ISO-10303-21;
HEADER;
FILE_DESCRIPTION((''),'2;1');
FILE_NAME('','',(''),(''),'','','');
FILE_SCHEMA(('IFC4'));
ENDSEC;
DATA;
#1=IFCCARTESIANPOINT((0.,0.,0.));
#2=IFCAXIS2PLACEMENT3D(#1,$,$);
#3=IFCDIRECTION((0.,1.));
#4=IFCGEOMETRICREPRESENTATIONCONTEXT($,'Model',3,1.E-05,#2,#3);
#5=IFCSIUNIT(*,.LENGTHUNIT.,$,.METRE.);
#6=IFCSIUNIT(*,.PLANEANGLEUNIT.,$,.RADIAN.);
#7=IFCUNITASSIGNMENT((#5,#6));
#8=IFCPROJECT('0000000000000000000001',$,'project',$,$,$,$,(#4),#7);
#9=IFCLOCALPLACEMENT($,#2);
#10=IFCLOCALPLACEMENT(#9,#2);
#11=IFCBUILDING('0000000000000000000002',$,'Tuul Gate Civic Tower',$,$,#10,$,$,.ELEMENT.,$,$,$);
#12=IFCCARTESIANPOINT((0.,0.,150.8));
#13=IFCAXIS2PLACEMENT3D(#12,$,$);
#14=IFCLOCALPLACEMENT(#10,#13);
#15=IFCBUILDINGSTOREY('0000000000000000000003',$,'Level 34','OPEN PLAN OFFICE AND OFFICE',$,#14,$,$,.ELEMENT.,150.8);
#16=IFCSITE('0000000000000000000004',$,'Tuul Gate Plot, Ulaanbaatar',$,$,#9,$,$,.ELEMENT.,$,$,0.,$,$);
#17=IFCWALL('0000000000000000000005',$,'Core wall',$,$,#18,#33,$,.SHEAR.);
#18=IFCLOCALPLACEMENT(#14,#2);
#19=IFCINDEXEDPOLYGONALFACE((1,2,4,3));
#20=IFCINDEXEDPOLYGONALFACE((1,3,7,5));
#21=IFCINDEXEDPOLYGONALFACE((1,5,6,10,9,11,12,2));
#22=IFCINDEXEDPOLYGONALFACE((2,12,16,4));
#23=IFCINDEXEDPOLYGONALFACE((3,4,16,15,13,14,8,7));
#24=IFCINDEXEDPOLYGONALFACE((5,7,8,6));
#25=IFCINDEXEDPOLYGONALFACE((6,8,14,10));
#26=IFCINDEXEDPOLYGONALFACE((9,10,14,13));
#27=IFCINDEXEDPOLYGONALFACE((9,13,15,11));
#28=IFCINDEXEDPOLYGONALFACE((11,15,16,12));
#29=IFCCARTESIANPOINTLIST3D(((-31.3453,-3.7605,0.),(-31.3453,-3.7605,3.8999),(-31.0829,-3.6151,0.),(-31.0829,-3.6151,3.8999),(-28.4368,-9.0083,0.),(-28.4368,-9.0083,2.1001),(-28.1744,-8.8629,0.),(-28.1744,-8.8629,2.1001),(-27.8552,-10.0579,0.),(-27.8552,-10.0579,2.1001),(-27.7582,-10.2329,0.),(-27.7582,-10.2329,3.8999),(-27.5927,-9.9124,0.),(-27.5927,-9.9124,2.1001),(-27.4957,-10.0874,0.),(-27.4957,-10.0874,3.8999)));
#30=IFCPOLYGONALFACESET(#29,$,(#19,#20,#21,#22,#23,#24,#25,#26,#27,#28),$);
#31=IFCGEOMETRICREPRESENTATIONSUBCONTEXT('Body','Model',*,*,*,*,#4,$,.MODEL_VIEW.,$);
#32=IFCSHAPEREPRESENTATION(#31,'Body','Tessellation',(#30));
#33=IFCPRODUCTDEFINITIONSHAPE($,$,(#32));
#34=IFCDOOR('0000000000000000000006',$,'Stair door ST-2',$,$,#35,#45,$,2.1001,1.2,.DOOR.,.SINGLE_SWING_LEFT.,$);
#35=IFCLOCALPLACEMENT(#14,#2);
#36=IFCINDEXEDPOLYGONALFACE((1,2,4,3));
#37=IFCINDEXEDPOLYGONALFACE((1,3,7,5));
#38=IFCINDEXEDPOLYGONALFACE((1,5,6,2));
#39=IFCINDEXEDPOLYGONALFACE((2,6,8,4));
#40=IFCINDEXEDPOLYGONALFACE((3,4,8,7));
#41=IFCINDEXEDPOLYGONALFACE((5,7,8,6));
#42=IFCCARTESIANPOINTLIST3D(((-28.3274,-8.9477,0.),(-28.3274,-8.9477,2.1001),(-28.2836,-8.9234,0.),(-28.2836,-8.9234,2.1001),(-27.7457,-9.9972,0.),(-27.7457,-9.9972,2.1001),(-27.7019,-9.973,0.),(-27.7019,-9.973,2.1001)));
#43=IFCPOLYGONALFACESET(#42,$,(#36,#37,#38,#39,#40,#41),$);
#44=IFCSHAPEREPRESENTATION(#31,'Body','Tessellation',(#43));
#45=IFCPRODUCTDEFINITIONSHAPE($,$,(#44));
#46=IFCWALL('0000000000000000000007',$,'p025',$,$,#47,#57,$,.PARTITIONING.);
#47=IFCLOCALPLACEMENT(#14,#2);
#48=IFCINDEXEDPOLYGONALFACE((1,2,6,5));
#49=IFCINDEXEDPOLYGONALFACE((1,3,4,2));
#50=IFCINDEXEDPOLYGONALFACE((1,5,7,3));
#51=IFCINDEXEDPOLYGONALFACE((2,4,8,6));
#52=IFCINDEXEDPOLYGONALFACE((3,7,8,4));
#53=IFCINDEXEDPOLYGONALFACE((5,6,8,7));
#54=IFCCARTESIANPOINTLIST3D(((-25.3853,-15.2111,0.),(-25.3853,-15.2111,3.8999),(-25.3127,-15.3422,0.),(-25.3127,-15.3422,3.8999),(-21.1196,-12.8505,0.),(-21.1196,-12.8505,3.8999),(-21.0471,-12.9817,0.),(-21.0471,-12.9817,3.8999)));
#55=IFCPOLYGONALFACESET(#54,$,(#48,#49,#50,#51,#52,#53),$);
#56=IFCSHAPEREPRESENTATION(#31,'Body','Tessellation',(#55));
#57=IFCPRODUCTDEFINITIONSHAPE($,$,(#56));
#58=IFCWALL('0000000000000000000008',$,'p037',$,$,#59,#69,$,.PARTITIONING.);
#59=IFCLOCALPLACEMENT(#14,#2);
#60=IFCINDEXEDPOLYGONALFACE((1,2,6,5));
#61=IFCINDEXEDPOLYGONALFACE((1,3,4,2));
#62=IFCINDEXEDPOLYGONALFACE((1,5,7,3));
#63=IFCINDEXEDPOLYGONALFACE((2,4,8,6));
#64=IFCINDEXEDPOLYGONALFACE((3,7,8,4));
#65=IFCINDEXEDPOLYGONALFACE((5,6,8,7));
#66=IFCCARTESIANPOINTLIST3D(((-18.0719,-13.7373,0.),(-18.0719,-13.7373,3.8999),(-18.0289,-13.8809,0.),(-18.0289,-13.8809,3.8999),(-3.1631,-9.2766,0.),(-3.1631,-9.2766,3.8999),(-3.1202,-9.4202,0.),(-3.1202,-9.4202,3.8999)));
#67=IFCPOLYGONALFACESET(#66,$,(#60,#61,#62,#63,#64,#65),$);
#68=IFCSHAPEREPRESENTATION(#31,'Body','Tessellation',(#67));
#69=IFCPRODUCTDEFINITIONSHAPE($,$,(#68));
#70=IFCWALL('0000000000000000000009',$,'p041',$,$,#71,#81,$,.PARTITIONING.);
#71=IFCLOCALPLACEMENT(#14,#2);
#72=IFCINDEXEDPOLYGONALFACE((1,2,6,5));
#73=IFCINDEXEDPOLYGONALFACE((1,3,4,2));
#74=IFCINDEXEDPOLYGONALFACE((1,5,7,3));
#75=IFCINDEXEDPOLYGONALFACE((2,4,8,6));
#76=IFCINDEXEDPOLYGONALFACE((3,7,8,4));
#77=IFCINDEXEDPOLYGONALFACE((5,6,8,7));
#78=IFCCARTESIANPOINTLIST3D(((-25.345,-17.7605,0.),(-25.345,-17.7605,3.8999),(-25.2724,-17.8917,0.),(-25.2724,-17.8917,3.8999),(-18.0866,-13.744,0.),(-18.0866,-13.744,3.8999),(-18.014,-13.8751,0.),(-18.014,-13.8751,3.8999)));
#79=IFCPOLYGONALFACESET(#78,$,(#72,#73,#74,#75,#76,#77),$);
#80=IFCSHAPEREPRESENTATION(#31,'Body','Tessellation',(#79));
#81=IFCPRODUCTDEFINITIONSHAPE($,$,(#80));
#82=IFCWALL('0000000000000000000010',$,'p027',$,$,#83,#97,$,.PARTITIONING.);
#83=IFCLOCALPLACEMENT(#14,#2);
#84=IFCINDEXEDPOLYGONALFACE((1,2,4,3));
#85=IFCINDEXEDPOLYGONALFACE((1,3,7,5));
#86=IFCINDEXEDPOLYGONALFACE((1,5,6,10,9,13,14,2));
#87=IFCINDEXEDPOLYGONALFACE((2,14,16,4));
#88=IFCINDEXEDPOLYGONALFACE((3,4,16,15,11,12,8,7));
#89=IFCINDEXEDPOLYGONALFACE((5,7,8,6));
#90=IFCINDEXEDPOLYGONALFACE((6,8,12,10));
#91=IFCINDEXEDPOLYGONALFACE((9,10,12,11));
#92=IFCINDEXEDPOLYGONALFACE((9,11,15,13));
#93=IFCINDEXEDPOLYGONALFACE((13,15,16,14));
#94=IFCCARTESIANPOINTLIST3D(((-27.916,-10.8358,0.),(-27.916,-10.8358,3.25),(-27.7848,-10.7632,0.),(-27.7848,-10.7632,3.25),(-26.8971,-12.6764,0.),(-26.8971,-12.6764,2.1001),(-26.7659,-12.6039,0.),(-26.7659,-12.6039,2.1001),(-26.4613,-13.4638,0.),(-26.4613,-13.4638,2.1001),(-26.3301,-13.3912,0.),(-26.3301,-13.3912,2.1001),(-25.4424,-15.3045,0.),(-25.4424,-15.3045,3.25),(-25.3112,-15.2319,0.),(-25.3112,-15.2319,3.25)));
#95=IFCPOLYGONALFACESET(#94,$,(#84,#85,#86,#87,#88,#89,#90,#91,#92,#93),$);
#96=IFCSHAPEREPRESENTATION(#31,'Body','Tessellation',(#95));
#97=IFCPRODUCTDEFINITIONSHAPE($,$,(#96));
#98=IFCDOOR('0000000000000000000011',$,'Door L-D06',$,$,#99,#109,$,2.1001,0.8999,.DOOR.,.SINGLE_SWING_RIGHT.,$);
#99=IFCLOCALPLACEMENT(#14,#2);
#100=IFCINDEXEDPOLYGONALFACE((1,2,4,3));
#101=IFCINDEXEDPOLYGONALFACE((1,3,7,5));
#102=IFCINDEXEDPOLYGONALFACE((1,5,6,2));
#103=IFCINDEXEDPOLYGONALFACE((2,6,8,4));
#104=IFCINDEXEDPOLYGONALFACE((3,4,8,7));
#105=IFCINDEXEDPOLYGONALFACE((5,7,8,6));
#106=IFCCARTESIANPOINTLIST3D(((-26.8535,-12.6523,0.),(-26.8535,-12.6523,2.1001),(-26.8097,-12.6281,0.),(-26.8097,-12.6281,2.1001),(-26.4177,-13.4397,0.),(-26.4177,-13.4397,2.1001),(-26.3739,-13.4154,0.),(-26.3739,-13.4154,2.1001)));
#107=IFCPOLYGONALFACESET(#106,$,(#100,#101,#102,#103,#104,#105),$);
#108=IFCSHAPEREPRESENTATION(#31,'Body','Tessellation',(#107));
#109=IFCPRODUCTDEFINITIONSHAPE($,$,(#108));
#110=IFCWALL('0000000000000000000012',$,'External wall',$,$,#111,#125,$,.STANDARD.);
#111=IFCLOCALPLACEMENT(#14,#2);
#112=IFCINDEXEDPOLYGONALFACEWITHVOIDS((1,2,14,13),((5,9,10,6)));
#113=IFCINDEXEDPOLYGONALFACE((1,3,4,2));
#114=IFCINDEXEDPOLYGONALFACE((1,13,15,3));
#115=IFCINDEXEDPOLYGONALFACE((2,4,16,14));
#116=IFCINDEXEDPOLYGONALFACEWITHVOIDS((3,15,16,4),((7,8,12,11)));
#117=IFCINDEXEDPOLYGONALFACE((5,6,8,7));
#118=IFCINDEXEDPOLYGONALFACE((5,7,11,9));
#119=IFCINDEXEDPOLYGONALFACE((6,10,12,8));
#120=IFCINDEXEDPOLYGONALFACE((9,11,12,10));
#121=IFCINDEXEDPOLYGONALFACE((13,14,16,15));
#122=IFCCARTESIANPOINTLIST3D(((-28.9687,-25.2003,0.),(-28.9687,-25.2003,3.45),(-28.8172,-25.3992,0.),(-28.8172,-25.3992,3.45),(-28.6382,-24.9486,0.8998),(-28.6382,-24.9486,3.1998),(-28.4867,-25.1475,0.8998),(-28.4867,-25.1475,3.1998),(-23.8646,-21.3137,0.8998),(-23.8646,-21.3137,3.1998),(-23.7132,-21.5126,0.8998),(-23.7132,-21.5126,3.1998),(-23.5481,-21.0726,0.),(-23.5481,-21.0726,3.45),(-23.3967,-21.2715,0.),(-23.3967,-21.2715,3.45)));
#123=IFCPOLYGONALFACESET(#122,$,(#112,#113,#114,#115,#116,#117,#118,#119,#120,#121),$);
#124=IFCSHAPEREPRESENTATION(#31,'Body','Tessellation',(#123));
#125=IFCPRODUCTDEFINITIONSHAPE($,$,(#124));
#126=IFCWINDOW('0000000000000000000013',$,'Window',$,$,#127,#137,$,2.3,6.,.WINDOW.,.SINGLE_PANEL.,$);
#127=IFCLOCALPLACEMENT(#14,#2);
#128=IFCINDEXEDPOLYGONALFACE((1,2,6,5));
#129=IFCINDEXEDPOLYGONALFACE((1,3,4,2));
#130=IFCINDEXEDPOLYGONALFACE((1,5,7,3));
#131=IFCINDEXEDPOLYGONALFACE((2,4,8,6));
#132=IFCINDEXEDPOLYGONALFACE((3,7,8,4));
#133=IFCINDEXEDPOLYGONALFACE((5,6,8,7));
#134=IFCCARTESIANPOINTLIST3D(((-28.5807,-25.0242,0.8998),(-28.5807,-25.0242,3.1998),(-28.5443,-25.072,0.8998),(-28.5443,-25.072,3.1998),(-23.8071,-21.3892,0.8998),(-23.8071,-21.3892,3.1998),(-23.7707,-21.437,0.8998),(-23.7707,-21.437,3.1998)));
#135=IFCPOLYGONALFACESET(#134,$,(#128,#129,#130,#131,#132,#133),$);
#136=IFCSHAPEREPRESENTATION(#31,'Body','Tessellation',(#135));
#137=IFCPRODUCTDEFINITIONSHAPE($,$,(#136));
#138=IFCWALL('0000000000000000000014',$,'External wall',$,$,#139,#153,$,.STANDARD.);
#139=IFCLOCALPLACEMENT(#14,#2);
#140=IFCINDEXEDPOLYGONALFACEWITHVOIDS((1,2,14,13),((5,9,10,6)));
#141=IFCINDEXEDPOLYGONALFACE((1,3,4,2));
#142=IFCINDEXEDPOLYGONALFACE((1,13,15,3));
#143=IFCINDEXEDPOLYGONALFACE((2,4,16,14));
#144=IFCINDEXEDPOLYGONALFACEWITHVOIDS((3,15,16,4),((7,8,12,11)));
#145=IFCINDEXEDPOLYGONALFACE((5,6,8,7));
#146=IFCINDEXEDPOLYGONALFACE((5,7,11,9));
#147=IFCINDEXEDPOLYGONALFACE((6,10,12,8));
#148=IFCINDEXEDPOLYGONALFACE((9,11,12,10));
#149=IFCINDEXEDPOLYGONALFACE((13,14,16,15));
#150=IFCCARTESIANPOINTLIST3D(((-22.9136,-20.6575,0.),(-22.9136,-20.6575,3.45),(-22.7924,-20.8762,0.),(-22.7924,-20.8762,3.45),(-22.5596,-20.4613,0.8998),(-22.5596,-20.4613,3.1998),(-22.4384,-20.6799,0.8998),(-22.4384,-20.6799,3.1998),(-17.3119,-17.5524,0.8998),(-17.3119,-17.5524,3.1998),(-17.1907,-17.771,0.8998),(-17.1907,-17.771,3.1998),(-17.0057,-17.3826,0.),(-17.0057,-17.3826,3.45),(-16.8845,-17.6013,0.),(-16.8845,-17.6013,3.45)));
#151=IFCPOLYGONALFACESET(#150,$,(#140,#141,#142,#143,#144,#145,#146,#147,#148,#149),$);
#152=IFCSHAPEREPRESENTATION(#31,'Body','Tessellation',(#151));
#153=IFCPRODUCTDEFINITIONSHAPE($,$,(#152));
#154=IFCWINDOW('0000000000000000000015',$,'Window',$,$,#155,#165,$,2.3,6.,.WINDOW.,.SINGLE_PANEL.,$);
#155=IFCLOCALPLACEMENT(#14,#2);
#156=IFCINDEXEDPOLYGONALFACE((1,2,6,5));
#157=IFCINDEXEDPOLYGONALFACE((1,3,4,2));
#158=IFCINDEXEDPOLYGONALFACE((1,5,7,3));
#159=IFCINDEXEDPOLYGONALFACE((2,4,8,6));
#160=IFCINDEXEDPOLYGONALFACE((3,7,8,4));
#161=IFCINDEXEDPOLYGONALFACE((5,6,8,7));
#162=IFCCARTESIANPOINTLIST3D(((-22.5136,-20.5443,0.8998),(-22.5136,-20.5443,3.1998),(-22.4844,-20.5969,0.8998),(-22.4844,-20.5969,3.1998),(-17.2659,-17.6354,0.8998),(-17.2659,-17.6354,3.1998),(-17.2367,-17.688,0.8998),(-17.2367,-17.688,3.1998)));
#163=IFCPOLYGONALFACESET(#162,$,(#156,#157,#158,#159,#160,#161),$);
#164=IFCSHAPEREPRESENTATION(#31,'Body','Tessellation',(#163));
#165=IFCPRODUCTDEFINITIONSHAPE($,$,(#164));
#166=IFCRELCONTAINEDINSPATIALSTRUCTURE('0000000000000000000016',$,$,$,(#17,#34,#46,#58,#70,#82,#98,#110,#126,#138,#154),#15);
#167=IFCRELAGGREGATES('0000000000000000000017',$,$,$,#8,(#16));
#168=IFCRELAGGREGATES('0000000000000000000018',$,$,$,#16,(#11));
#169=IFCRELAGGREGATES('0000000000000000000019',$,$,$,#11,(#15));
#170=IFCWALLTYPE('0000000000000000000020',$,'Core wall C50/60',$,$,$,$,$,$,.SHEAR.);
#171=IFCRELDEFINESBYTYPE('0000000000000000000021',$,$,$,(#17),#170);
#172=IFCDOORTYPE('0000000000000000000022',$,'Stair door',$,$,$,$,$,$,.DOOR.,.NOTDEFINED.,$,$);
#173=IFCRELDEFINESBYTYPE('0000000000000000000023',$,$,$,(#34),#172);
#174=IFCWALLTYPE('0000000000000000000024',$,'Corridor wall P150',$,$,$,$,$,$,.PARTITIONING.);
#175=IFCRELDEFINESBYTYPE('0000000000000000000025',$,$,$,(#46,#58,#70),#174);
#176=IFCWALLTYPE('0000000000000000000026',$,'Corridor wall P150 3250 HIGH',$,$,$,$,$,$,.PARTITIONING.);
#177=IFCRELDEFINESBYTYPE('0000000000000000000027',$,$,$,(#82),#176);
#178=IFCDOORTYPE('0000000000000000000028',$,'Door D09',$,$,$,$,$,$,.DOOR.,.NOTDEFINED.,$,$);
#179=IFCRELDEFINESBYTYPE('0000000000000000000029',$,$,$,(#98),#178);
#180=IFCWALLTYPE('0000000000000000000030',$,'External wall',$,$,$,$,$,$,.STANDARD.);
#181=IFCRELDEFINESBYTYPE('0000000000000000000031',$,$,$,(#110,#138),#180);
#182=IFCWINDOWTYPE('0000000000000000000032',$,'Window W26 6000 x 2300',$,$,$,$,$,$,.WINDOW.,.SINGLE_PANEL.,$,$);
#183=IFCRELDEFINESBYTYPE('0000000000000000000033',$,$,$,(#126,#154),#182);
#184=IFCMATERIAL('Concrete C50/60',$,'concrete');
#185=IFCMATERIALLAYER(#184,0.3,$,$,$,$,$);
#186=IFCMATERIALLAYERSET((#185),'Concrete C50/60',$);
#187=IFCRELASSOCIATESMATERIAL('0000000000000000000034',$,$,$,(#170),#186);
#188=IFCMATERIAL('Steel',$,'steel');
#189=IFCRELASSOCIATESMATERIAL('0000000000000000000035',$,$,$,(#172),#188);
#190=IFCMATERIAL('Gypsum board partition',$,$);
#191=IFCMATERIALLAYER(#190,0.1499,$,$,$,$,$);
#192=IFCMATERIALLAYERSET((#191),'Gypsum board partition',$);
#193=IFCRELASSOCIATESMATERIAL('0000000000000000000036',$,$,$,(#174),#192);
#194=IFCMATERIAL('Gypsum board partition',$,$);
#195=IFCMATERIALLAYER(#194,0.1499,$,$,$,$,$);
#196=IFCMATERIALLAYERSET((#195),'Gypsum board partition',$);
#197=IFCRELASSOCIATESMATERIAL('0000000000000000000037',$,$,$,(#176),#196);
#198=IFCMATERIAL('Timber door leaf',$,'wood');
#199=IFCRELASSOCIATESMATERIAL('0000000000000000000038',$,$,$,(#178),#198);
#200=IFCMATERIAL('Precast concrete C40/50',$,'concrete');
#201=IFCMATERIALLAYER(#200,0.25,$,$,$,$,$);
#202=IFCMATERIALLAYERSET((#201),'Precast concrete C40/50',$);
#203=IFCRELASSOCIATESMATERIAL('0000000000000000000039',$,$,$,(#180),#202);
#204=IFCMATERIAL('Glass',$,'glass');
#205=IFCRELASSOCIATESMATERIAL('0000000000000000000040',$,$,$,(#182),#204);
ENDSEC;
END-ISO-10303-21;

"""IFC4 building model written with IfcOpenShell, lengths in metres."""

from ifc_helpers import new_model, si_unit, direction, frame, frame_2d, origin, place, context, subcontext, project, spatial, rectangle, extrude, material, layer, layer_set, type_object, element, fill, save


model = new_model("IFC4")

# Units and contexts
model_context = context("Model", 3, precision=1e-05, world=origin(), true_north=direction((0.0, 1.0)))
body_context = subcontext(model_context, "Body", "Model", "MODEL_VIEW")
ifc_project = project(units=[si_unit("LENGTHUNIT", "METRE"), si_unit("PLANEANGLEUNIT", "RADIAN")], contexts=[model_context])

# Site, building, storey
site_placement = place(None, origin())
site = spatial("IfcSite", under=ifc_project, at=site_placement, Name="Tuul Gate Plot, Ulaanbaatar", CompositionType="ELEMENT", RefElevation=0.0)
building_placement = place(site_placement, origin())
building = spatial("IfcBuilding", under=site, at=building_placement, Name="Tuul Gate Civic Tower", CompositionType="ELEMENT")
storey_placement = place(building_placement, frame((0.0, 0.0, 150.8)))
storey = spatial("IfcBuildingStorey", under=building, at=storey_placement, Name="Level 34", Description="OPEN PLAN OFFICE AND OFFICE", CompositionType="ELEMENT", Elevation=150.8)

# Shared definitions
ifc_material_1 = material(Name="Concrete C50/60", Category="concrete")
ifc_layer_1 = layer(ifc_material_1, 0.3)
ifc_layer_set_1 = layer_set([ifc_layer_1], Name="Concrete C50/60")
wall_type_1 = type_object("IfcWallType", Name="Core wall C50/60", PredefinedType="SHEAR", material=ifc_layer_set_1)

# Wall, opening, door
wall_1_placement = place(storey_placement, frame((-27.627, -10.1602, 0.0), z_axis=(0.0, 0.0, 1.0), x_axis=(-0.484752, 0.874652, 0.0)))
wall_1 = element("IfcWall", 1, at=wall_1_placement, inside=storey, type_object=wall_type_1, Name="Core wall", PredefinedType="SHEAR", context=body_context, shape_type="SweptSolid", body=[
    extrude(rectangle(XDim=7.3999, YDim=0.3, at=frame_2d((3.7, 0.0))), origin(), (0.0, 0.0, 1.0), 3.8999),
])
opening_1_placement = place(wall_1_placement, frame((0.2, 0.0, 0.0)))
opening_1 = element("IfcOpeningElement", 2, at=opening_1_placement, cuts=wall_1, PredefinedType="OPENING", context=body_context, shape_type="SweptSolid", body=[
    extrude(rectangle(XDim=1.2, YDim=2.1001, at=frame_2d((0.6001, 1.05))), frame((0.0, 0.1602, 0.0), z_axis=(0.0, -1.0, 0.0), x_axis=(1.0, 0.0, 0.0)), (0.0, 0.0, 1.0), 0.3201),
])
ifc_material_2 = material(Name="Steel", Category="steel")
door_type_1 = type_object("IfcDoorType", Name="Stair door", OperationType="NOTDEFINED", PredefinedType="DOOR", material=ifc_material_2)
door_1_placement = place(opening_1_placement, origin())
door_1 = element("IfcDoor", 3, at=door_1_placement, inside=storey, type_object=door_type_1, Name="Stair door ST-2", OperationType="SINGLE_SWING_LEFT", OverallHeight=2.1001, OverallWidth=1.2, PredefinedType="DOOR", context=body_context, shape_type="SweptSolid", body=[
    extrude(rectangle(XDim=1.2, YDim=2.1001, at=frame_2d((0.6001, 1.05))), frame((0.0, 0.0249, 0.0), z_axis=(0.0, -1.0, 0.0), x_axis=(1.0, 0.0, 0.0)), (0.0, 0.0, 1.0), 0.05),
])
fill(opening_1, door_1)

# Walls
ifc_material_3 = material(Name="Gypsum board partition")
ifc_layer_2 = layer(ifc_material_3, 0.1499)
ifc_layer_set_2 = layer_set([ifc_layer_2], Name="Gypsum board partition")
wall_type_2 = type_object("IfcWallType", Name="Corridor wall P150", PredefinedType="PARTITIONING", material=ifc_layer_set_2)
wall_2_placement = place(storey_placement, frame((-25.3489, -15.2766, 0.0), z_axis=(0.0, 0.0, 1.0), x_axis=(0.874957, 0.484201, 0.0)))
element("IfcWall", 4, at=wall_2_placement, inside=storey, type_object=wall_type_2, Name="p025", PredefinedType="PARTITIONING", context=body_context, shape_type="SweptSolid", body=[
    extrude(rectangle(XDim=4.8752, YDim=0.1499, at=frame_2d((2.4375, 0.0))), origin(), (0.0, 0.0, 1.0), 3.8999),
])
wall_3_placement = place(storey_placement, frame((-18.0503, -13.8091, 0.0), z_axis=(0.0, 0.0, 1.0), x_axis=(0.958037, 0.286645, 0.0)))
element("IfcWall", 5, at=wall_3_placement, inside=storey, type_object=wall_type_2, Name="p037", PredefinedType="PARTITIONING", context=body_context, shape_type="SweptSolid", body=[
    extrude(rectangle(XDim=15.5618, YDim=0.1499, at=frame_2d((7.7808, 0.0))), origin(), (0.0, 0.0, 1.0), 3.8999),
])
wall_4_placement = place(storey_placement, frame((-25.3088, -17.8262, 0.0), z_axis=(0.0, 0.0, 1.0), x_axis=(0.874971, 0.484175, 0.0)))
element("IfcWall", 6, at=wall_4_placement, inside=storey, type_object=wall_type_2, Name="p041", PredefinedType="PARTITIONING", context=body_context, shape_type="SweptSolid", body=[
    extrude(rectangle(XDim=8.2957, YDim=0.1499, at=frame_2d((4.1479, 0.0))), origin(), (0.0, 0.0, 1.0), 3.8999),
])

# Wall, opening, door
ifc_material_4 = material(Name="Gypsum board partition")
ifc_layer_3 = layer(ifc_material_4, 0.1499)
ifc_layer_set_3 = layer_set([ifc_layer_3], Name="Gypsum board partition")
wall_type_3 = type_object("IfcWallType", Name="Corridor wall P150 3250 HIGH", PredefinedType="PARTITIONING", material=ifc_layer_set_3)
wall_5_placement = place(storey_placement, frame((-27.8503, -10.7996, 0.0), z_axis=(0.0, 0.0, 1.0), x_axis=(0.484295, -0.874905, 0.0)))
wall_5 = element("IfcWall", 7, at=wall_5_placement, inside=storey, type_object=wall_type_3, Name="p027", PredefinedType="PARTITIONING", context=body_context, shape_type="SweptSolid", body=[
    extrude(rectangle(XDim=5.1077, YDim=0.1499, at=frame_2d((2.5537, 0.0))), origin(), (0.0, 0.0, 1.0), 3.25),
])
opening_2_placement = place(wall_5_placement, frame((2.1038, 0.0, 0.0)))
opening_2 = element("IfcOpeningElement", 8, at=opening_2_placement, cuts=wall_5, PredefinedType="OPENING", context=body_context, shape_type="SweptSolid", body=[
    extrude(rectangle(XDim=0.8999, YDim=2.1001, at=frame_2d((0.45, 1.05))), frame((0.0, 0.085, 0.0), z_axis=(0.0, -1.0, 0.0), x_axis=(1.0, 0.0, 0.0)), (0.0, 0.0, 1.0), 0.1699),
])
ifc_material_5 = material(Name="Timber door leaf", Category="wood")
door_type_2 = type_object("IfcDoorType", Name="Door D09", OperationType="NOTDEFINED", PredefinedType="DOOR", material=ifc_material_5)
door_2_placement = place(opening_2_placement, origin())
door_2 = element("IfcDoor", 9, at=door_2_placement, inside=storey, type_object=door_type_2, Name="Door L-D06", OperationType="SINGLE_SWING_RIGHT", OverallHeight=2.1001, OverallWidth=0.8999, PredefinedType="DOOR", context=body_context, shape_type="SweptSolid", body=[
    extrude(rectangle(XDim=0.8999, YDim=2.1001, at=frame_2d((0.45, 1.05))), frame((0.0, 0.0249, 0.0), z_axis=(0.0, -1.0, 0.0), x_axis=(1.0, 0.0, 0.0)), (0.0, 0.0, 1.0), 0.05),
])
fill(opening_2, door_2)

# Walls, openings, windows
ifc_material_6 = material(Name="Precast concrete C40/50", Category="concrete")
ifc_layer_4 = layer(ifc_material_6, 0.25)
ifc_layer_set_4 = layer_set([ifc_layer_4], Name="Precast concrete C40/50")
wall_type_4 = type_object("IfcWallType", Name="External wall", PredefinedType="STANDARD", material=ifc_layer_set_4)
wall_6_placement = place(storey_placement, frame((-28.8931, -25.2998, 0.0), z_axis=(0.0, 0.0, 1.0), x_axis=(0.795597, 0.605826, 0.0)))
wall_6 = element("IfcWall", 10, at=wall_6_placement, inside=storey, type_object=wall_type_4, Name="External wall", PredefinedType="STANDARD", context=body_context, shape_type="SweptSolid", body=[
    extrude(rectangle(XDim=6.8132, YDim=0.25, at=frame_2d((3.4067, 0.0))), origin(), (0.0, 0.0, 1.0), 3.45),
])
opening_3_placement = place(wall_6_placement, frame((0.4155, 0.0, 0.8999)))
opening_3 = element("IfcOpeningElement", 11, at=opening_3_placement, cuts=wall_6, PredefinedType="OPENING", context=body_context, shape_type="SweptSolid", body=[
    extrude(rectangle(XDim=6.0, YDim=2.3, at=frame_2d((3.0, 1.1499))), frame((0.0, 0.135, 0.0), z_axis=(0.0, -1.0, 0.0), x_axis=(1.0, 0.0, 0.0)), (0.0, 0.0, 1.0), 0.27),
])
ifc_material_7 = material(Name="Glass", Category="glass")
window_type = type_object("IfcWindowType", Name="Window W26 6000 x 2300", PartitioningType="SINGLE_PANEL", PredefinedType="WINDOW", material=ifc_material_7)
window_1_placement = place(opening_3_placement, origin())
window_1 = element("IfcWindow", 12, at=window_1_placement, inside=storey, type_object=window_type, Name="Window", OverallHeight=2.3, OverallWidth=6.0, PartitioningType="SINGLE_PANEL", PredefinedType="WINDOW", context=body_context, shape_type="SweptSolid", body=[
    extrude(rectangle(XDim=6.0, YDim=2.3, at=frame_2d((3.0, 1.1499))), frame((0.0, 0.03, 0.0), z_axis=(0.0, -1.0, 0.0), x_axis=(1.0, 0.0, 0.0)), (0.0, 0.0, 1.0), 0.0601),
])
fill(opening_3, window_1)
wall_7_placement = place(storey_placement, frame((-22.853, -20.7668, 0.0), z_axis=(0.0, 0.0, 1.0), x_axis=(0.874615, 0.484817, 0.0)))
wall_7 = element("IfcWall", 13, at=wall_7_placement, inside=storey, type_object=wall_type_4, Name="External wall", PredefinedType="STANDARD", context=body_context, shape_type="SweptSolid", body=[
    extrude(rectangle(XDim=6.7549, YDim=0.25, at=frame_2d((3.3774, 0.0))), origin(), (0.0, 0.0, 1.0), 3.45),
])
opening_4_placement = place(wall_7_placement, frame((0.4048, 0.0, 0.8999)))
opening_4 = element("IfcOpeningElement", 14, at=opening_4_placement, cuts=wall_7, PredefinedType="OPENING", context=body_context, shape_type="SweptSolid", body=[
    extrude(rectangle(XDim=6.0, YDim=2.3, at=frame_2d((3.0, 1.1499))), frame((0.0, 0.135, 0.0), z_axis=(0.0, -1.0, 0.0), x_axis=(1.0, 0.0, 0.0)), (0.0, 0.0, 1.0), 0.27),
])
window_2_placement = place(opening_4_placement, origin())
window_2 = element("IfcWindow", 15, at=window_2_placement, inside=storey, type_object=window_type, Name="Window", OverallHeight=2.3, OverallWidth=6.0, PartitioningType="SINGLE_PANEL", PredefinedType="WINDOW", context=body_context, shape_type="SweptSolid", body=[
    extrude(rectangle(XDim=6.0, YDim=2.3, at=frame_2d((3.0, 1.1499))), frame((0.0, 0.03, 0.0), z_axis=(0.0, -1.0, 0.0), x_axis=(1.0, 0.0, 0.0)), (0.0, 0.0, 1.0), 0.0601),
])
fill(opening_4, window_2)

save(model, "model.ifc")
